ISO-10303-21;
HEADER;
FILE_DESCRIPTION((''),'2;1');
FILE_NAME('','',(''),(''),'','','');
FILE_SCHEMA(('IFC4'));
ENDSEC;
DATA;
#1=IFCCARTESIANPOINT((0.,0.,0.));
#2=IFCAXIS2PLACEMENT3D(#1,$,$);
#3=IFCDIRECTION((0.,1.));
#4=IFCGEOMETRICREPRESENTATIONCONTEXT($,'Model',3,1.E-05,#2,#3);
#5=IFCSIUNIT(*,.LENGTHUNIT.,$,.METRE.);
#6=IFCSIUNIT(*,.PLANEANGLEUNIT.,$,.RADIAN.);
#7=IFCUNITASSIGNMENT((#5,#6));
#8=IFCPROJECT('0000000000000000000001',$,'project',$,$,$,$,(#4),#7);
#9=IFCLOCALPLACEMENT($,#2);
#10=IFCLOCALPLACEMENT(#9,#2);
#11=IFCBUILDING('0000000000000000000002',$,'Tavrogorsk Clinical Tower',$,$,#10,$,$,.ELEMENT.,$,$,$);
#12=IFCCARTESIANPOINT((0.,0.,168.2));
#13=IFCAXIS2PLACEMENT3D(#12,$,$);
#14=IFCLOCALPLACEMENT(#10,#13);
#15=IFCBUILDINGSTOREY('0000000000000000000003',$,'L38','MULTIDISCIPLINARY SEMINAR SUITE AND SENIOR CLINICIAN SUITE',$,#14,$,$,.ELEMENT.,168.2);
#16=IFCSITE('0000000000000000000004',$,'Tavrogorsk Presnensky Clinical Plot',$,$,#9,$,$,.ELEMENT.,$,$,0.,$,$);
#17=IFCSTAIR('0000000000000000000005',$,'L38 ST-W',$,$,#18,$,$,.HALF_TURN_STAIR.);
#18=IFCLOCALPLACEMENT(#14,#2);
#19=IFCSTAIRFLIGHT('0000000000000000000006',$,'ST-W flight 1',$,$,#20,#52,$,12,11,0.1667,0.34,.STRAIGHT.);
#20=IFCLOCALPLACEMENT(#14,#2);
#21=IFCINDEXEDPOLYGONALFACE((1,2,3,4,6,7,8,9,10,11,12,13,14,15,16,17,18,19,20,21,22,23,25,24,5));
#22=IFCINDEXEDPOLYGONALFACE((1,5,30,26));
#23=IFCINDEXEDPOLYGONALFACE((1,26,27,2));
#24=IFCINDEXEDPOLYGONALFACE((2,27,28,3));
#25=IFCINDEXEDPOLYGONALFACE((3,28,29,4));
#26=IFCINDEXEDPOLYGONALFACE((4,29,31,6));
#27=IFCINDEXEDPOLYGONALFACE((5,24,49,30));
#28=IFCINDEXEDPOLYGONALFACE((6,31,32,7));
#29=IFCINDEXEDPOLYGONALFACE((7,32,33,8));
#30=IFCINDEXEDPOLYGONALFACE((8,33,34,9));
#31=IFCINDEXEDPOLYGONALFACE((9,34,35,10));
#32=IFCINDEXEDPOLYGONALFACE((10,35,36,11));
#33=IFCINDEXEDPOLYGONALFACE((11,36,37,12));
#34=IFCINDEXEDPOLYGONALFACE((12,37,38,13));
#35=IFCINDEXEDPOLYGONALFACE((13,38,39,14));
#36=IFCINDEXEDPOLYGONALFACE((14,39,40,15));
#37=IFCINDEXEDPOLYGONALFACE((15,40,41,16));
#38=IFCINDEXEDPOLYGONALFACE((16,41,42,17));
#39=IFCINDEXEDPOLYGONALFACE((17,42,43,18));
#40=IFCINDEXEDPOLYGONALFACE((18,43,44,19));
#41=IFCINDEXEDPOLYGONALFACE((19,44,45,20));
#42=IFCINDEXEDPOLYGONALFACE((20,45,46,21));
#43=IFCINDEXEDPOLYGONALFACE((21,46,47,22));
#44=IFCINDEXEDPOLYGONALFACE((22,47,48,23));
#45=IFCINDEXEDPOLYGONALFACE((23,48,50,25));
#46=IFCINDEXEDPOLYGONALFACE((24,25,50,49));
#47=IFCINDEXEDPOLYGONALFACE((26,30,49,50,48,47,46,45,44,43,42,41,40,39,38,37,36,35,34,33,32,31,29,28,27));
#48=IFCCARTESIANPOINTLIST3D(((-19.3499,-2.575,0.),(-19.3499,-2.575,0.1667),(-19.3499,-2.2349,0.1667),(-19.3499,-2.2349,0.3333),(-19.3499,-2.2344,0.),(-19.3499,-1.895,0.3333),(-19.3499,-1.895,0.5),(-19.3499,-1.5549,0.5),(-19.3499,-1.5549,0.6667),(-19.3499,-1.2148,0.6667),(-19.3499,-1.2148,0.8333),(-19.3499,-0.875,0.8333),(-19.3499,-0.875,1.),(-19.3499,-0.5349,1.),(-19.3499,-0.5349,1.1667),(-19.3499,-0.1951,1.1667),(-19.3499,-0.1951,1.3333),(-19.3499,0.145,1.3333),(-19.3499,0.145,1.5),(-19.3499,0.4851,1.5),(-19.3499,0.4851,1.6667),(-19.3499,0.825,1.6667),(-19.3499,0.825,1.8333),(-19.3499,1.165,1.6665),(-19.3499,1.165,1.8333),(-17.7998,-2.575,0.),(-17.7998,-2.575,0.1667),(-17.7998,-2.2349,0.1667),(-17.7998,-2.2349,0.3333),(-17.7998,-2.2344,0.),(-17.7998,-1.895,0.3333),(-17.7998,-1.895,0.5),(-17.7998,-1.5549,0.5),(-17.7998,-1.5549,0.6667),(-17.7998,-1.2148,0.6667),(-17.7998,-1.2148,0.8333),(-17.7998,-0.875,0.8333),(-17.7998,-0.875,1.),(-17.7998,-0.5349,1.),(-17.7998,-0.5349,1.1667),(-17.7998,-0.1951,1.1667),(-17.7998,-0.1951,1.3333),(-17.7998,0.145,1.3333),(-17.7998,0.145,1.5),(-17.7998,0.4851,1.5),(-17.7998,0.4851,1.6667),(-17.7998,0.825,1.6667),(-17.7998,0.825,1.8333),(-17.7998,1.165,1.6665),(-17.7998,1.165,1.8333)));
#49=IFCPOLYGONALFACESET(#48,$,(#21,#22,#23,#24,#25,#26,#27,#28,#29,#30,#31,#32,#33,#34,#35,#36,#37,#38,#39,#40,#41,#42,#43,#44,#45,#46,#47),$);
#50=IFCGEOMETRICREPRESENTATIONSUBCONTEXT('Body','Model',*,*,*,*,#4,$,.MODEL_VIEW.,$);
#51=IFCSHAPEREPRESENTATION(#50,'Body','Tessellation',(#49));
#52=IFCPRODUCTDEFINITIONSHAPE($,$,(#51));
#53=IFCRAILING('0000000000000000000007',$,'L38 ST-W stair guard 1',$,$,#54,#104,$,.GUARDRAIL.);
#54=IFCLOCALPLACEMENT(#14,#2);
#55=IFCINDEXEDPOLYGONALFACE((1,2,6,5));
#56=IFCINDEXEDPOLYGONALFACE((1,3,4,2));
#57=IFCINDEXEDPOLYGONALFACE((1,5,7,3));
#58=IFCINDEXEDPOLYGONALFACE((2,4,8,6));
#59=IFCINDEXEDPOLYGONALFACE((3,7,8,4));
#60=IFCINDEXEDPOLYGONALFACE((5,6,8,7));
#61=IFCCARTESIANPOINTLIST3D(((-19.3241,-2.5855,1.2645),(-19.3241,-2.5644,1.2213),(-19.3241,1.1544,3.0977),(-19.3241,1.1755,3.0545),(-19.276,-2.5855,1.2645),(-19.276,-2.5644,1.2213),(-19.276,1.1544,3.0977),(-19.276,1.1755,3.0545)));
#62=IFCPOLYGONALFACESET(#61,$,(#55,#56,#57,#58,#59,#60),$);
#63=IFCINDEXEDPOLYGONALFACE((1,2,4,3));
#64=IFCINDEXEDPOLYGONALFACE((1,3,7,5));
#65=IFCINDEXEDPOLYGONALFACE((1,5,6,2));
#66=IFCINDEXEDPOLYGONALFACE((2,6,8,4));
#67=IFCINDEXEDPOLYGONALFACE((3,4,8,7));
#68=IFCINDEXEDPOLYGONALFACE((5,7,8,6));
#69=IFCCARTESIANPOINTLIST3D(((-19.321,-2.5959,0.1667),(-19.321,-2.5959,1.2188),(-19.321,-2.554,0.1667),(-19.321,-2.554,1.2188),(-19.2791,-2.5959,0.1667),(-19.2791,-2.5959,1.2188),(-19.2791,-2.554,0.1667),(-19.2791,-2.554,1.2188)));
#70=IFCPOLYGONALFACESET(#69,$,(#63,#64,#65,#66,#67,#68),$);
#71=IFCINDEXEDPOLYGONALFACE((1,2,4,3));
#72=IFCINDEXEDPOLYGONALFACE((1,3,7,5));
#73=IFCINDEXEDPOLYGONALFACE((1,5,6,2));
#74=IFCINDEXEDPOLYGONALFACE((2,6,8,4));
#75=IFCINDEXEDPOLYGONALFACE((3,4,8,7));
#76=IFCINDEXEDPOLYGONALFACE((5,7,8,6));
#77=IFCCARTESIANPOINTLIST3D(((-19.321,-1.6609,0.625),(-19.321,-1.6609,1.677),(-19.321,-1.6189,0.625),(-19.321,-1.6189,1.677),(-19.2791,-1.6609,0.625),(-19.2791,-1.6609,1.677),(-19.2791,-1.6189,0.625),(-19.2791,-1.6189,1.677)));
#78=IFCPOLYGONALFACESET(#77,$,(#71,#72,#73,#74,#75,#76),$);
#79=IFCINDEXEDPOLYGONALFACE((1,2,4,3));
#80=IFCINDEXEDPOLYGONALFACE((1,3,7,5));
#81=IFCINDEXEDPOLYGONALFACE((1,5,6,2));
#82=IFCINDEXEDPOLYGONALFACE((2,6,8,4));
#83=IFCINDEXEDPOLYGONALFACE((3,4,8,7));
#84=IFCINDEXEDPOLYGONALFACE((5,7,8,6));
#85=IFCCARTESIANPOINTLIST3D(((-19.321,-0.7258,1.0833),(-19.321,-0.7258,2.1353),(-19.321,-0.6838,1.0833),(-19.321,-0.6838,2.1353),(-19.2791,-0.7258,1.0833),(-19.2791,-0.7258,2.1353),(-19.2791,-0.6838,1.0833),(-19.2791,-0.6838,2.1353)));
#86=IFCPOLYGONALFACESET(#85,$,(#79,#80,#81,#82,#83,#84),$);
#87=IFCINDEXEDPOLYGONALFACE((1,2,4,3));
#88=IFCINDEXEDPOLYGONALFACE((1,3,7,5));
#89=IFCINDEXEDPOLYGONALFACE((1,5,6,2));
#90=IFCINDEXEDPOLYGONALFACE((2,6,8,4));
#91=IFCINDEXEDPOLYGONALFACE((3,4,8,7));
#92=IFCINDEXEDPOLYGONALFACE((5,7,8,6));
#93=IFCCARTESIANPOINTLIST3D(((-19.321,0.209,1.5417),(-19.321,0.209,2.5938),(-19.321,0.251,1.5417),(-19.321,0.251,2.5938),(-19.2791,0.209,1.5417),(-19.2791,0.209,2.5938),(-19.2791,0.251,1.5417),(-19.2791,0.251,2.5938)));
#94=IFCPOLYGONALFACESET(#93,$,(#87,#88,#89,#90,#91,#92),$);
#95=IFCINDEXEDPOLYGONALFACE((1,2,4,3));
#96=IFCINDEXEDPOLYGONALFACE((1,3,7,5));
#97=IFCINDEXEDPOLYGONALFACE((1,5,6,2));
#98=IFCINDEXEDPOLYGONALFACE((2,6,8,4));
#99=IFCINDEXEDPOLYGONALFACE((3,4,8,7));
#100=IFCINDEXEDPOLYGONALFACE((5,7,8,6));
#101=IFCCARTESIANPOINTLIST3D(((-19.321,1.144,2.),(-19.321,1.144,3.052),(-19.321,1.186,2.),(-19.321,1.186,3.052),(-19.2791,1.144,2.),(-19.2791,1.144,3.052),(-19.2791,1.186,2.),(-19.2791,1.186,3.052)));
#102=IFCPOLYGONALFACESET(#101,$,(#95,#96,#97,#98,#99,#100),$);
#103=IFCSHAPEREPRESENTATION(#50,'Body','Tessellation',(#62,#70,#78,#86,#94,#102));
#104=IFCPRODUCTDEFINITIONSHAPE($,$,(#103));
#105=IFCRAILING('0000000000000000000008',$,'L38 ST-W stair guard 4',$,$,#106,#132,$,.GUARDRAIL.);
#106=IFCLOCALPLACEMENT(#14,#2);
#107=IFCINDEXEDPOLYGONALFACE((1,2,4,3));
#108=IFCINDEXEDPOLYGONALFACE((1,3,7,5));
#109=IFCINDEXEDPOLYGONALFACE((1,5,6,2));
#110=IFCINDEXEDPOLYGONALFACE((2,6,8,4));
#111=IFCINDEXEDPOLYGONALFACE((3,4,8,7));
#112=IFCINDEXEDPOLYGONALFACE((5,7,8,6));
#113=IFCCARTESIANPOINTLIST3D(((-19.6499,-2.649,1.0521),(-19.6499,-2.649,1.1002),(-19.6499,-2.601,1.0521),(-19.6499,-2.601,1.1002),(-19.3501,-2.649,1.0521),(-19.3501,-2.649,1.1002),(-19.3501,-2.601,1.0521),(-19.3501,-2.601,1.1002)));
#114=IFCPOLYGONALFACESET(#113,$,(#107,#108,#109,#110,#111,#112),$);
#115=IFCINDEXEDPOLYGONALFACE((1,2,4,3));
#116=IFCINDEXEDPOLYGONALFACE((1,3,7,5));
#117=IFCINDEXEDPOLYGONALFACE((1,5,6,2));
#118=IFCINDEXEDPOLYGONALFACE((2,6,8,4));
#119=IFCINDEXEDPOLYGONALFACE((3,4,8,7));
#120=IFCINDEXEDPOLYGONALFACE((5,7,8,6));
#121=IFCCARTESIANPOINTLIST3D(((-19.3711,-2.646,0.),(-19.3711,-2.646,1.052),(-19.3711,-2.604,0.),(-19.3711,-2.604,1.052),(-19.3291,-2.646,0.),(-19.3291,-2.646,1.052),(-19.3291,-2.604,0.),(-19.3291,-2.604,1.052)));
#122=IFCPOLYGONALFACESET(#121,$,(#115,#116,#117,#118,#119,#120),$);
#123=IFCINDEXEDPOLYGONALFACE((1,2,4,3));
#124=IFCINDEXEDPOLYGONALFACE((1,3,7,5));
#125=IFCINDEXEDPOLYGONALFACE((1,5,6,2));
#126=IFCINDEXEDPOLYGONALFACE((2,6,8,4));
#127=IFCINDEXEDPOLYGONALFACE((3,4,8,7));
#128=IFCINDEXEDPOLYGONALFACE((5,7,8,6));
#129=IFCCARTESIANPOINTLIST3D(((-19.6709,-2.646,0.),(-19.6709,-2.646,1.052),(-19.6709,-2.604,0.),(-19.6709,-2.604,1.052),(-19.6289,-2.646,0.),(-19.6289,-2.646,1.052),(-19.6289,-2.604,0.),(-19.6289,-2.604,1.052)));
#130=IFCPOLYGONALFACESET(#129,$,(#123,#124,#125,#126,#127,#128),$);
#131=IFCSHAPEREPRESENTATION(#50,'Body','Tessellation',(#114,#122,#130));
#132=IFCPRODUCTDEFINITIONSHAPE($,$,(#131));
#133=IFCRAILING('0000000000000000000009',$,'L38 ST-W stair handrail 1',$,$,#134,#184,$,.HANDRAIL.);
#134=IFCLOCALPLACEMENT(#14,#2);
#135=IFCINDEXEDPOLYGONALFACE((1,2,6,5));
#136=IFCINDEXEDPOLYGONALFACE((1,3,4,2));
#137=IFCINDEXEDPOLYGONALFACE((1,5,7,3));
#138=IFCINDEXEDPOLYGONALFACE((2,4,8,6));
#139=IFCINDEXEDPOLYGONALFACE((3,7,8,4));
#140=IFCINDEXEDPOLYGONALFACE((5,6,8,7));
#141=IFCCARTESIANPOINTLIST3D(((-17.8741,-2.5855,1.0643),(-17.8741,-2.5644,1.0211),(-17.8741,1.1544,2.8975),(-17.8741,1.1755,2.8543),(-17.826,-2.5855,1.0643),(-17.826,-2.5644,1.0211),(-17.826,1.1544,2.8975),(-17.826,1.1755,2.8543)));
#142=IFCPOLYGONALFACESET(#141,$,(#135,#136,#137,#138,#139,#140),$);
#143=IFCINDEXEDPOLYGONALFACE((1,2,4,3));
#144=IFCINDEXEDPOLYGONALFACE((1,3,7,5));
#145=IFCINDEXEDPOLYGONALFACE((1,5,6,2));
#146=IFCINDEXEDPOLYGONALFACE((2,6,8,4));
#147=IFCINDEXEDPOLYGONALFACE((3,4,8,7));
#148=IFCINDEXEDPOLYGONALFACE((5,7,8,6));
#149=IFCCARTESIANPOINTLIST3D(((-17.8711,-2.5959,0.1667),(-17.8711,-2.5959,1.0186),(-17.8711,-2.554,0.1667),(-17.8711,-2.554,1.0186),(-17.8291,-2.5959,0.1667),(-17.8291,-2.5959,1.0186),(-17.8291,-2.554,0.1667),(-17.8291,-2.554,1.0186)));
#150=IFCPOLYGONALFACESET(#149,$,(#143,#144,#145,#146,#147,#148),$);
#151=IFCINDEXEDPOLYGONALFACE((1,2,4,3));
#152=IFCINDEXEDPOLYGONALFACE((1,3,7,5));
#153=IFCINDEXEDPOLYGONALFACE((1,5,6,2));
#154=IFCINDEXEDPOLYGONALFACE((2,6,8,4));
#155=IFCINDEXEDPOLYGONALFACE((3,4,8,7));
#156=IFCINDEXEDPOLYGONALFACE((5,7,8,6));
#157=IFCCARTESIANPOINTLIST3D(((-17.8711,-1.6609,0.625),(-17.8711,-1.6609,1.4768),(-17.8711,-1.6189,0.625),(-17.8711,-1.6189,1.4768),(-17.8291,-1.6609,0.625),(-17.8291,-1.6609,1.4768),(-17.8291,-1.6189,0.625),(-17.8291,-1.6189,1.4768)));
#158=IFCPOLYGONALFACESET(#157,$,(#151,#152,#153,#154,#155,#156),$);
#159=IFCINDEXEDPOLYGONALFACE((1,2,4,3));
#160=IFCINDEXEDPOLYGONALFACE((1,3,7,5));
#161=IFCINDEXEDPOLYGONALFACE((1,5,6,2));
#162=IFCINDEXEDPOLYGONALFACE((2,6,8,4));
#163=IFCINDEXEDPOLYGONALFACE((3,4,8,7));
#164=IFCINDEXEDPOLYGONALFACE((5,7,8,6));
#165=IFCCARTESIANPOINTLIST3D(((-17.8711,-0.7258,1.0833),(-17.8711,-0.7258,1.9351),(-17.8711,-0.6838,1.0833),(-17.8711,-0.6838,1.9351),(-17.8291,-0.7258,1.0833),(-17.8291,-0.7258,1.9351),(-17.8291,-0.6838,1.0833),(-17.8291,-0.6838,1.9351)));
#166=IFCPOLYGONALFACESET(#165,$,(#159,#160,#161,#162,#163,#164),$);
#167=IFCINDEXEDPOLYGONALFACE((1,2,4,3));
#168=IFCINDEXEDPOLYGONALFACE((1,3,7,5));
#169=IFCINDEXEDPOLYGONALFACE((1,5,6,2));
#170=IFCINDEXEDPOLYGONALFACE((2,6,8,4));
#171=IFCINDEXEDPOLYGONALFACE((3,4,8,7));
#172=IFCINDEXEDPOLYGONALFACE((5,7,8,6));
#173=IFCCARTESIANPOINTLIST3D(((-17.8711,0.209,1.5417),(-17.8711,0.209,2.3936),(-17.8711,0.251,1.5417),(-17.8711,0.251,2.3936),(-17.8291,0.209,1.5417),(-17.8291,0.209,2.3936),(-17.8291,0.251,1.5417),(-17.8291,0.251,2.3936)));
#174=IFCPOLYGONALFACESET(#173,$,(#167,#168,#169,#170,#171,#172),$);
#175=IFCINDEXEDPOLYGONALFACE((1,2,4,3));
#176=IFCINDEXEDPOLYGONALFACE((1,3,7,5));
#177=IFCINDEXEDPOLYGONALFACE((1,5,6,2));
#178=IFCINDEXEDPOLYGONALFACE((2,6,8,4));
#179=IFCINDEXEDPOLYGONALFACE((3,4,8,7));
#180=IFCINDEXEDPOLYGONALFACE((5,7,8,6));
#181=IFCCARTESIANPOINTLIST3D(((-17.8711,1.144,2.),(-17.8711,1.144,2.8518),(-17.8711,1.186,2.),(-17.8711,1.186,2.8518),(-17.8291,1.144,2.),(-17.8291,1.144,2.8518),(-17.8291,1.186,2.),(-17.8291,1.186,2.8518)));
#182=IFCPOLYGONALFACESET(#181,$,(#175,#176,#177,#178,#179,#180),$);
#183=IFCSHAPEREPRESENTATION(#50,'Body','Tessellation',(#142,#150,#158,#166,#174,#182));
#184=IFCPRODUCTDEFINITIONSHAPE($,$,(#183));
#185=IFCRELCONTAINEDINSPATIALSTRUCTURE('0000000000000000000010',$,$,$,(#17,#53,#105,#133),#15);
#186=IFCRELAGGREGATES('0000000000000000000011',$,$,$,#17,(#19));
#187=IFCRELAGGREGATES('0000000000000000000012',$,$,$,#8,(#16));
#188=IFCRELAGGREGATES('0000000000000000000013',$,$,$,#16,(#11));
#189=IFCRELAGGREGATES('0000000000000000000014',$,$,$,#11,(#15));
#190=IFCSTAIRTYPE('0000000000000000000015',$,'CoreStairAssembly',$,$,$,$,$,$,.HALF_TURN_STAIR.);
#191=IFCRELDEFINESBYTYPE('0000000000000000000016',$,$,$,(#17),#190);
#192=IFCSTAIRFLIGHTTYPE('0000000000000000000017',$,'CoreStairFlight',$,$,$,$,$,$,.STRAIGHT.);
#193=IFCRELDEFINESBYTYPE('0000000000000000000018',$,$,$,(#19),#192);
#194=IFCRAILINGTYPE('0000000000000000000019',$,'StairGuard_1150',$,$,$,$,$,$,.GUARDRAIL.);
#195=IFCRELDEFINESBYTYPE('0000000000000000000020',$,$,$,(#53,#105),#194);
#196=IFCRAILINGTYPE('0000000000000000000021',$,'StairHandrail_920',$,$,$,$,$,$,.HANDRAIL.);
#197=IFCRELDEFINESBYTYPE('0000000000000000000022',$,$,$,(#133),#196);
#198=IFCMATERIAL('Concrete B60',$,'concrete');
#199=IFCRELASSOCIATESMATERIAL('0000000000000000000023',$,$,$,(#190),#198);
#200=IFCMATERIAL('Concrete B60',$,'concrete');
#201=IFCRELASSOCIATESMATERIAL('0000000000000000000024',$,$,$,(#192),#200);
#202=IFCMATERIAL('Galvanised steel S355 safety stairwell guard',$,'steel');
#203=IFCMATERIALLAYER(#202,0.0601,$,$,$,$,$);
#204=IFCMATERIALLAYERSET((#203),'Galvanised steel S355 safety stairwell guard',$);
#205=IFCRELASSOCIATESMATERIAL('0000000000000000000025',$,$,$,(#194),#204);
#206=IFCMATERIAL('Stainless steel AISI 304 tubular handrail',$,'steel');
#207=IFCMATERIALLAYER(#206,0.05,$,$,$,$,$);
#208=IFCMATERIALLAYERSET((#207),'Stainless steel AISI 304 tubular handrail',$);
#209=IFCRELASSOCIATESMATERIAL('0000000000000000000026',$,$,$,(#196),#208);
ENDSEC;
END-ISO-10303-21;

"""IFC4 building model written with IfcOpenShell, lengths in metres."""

from ifc_helpers import new_model, si_unit, direction, frame, origin, origin_2d, place, context, subcontext, project, spatial, polyline, rectangle, outline, extrude, material, layer, layer_set, type_object, element, aggregate, save


model = new_model("IFC4")

# Units and contexts
model_context = context("Model", 3, precision=1e-05, world=origin(), true_north=direction((0.0, 1.0)))
body_context = subcontext(model_context, "Body", "Model", "MODEL_VIEW")
ifc_project = project(units=[si_unit("LENGTHUNIT", "METRE"), si_unit("PLANEANGLEUNIT", "RADIAN")], contexts=[model_context])

# Site, building, storey
site_placement = place(None, origin())
site = spatial("IfcSite", under=ifc_project, at=site_placement, Name="Tavrogorsk Presnensky Clinical Plot", CompositionType="ELEMENT", RefElevation=0.0)
building_placement = place(site_placement, origin())
building = spatial("IfcBuilding", under=site, at=building_placement, Name="Tavrogorsk Clinical Tower", CompositionType="ELEMENT")
storey_placement = place(building_placement, frame((0.0, 0.0, 168.2)))
storey = spatial("IfcBuildingStorey", under=building, at=storey_placement, Name="L38", Description="MULTIDISCIPLINARY SEMINAR SUITE AND SENIOR CLINICIAN SUITE", CompositionType="ELEMENT", Elevation=168.2)

# Stair, stair flight
ifc_material_1 = material(Name="Concrete B60", Category="concrete")
stair_type = type_object("IfcStairType", Name="CoreStairAssembly", PredefinedType="HALF_TURN_STAIR", material=ifc_material_1)
stair_placement = place(storey_placement, origin())
stair = element("IfcStair", 1, at=stair_placement, inside=storey, type_object=stair_type, Name="L38 ST-W", PredefinedType="HALF_TURN_STAIR")
ifc_material_2 = material(Name="Concrete B60", Category="concrete")
stair_flight_type = type_object("IfcStairFlightType", Name="CoreStairFlight", PredefinedType="STRAIGHT", material=ifc_material_2)
stair_flight_placement = place(storey_placement, frame((-18.575, -2.575, 0.0), z_axis=(0.0, 0.0, 1.0), x_axis=(0.0, 1.0, 0.0)))
stair_flight = element("IfcStairFlight", 2, at=stair_flight_placement, type_object=stair_flight_type, Name="ST-W flight 1", NumberOfRisers=12, NumberOfTreads=11, PredefinedType="STRAIGHT", RiserHeight=0.1667, TreadLength=0.34, context=body_context, shape_type="SweptSolid", body=[
    extrude(outline(polyline([(0.0, 0.0), (0.0, 0.1667), (0.3401, 0.1667), (0.3401, 0.3333), (0.6799, 0.3333), (0.6799, 0.5), (1.02, 0.5), (1.02, 0.6667), (1.3601, 0.6667), (1.3601, 0.8333), (1.7, 0.8333), (1.7, 1.0), (2.04, 1.0), (2.04, 1.1667), (2.3799, 1.1667), (2.3799, 1.3333), (2.72, 1.3333), (2.72, 1.5), (3.0601, 1.5), (3.0601, 1.6667), (3.3999, 1.6667), (3.3999, 1.8333), (3.74, 1.8333), (3.74, 2.0), (3.74, 1.6665), (0.3406, 0.0), (0.0, 0.0)])), frame((0.0, 0.7749, 0.0), z_axis=(0.0, -1.0, 0.0), x_axis=(1.0, 0.0, 0.0)), (0.0, 0.0, 1.0), 1.55),
])
aggregate(stair, [stair_flight])

# Railings
ifc_material_3 = material(Name="Galvanised steel S355 safety stairwell guard", Category="steel")
ifc_layer_1 = layer(ifc_material_3, 0.0601)
ifc_layer_set_1 = layer_set([ifc_layer_1], Name="Galvanised steel S355 safety stairwell guard")
railing_type_1 = type_object("IfcRailingType", Name="StairGuard_1150", PredefinedType="GUARDRAIL", material=ifc_layer_set_1)
railing_1_placement = place(storey_placement, frame((-19.3, -2.575, 0.1667)))
element("IfcRailing", 3, at=railing_1_placement, inside=storey, type_object=railing_type_1, Name="L38 ST-W stair guard 1", PredefinedType="GUARDRAIL", context=body_context, shape_type="SweptSolid", body=[
    extrude(rectangle(XDim=0.0481, YDim=0.0481, at=origin_2d()), frame((0.0, 0.0, 1.0762), z_axis=(0.0, 0.897928, 0.440142), x_axis=(-1.0, 0.0, 0.0)), (0.0, 0.0, 1.0), 4.165),
    extrude(rectangle(XDim=0.042, YDim=0.042, at=origin_2d()), origin(), (0.0, 0.0, 1.0), 1.052),
    extrude(rectangle(XDim=0.042, YDim=0.042, at=origin_2d()), frame((0.0, 0.9351, 0.4583)), (0.0, 0.0, 1.0), 1.052),
    extrude(rectangle(XDim=0.042, YDim=0.042, at=origin_2d()), frame((0.0, 1.8701, 0.9165)), (0.0, 0.0, 1.0), 1.052),
    extrude(rectangle(XDim=0.042, YDim=0.042, at=origin_2d()), frame((0.0, 2.8049, 1.375)), (0.0, 0.0, 1.0), 1.052),
    extrude(rectangle(XDim=0.042, YDim=0.042, at=origin_2d()), frame((0.0, 3.74, 1.8333)), (0.0, 0.0, 1.0), 1.052),
])
railing_2_placement = place(storey_placement, frame((-19.3501, -2.625, 0.0)))
element("IfcRailing", 4, at=railing_2_placement, inside=storey, type_object=railing_type_1, Name="L38 ST-W stair guard 4", PredefinedType="GUARDRAIL", context=body_context, shape_type="SweptSolid", body=[
    extrude(rectangle(XDim=0.0481, YDim=0.0481, at=origin_2d()), frame((0.0, 0.0, 1.0762), z_axis=(-1.0, 0.0, 0.0), x_axis=(0.0, -1.0, 0.0)), (0.0, 0.0, 1.0), 0.2998),
    extrude(rectangle(XDim=0.042, YDim=0.042, at=origin_2d()), origin(), (0.0, 0.0, 1.0), 1.052),
    extrude(rectangle(XDim=0.042, YDim=0.042, at=origin_2d()), frame((-0.2998, 0.0, 0.0)), (0.0, 0.0, 1.0), 1.052),
])
ifc_material_4 = material(Name="Stainless steel AISI 304 tubular handrail", Category="steel")
ifc_layer_2 = layer(ifc_material_4, 0.05)
ifc_layer_set_2 = layer_set([ifc_layer_2], Name="Stainless steel AISI 304 tubular handrail")
railing_type_2 = type_object("IfcRailingType", Name="StairHandrail_920", PredefinedType="HANDRAIL", material=ifc_layer_set_2)
railing_3_placement = place(storey_placement, frame((-17.8501, -2.575, 0.1667)))
element("IfcRailing", 5, at=railing_3_placement, inside=storey, type_object=railing_type_2, Name="L38 ST-W stair handrail 1", PredefinedType="HANDRAIL", context=body_context, shape_type="SweptSolid", body=[
    extrude(rectangle(XDim=0.0481, YDim=0.0481, at=origin_2d()), frame((0.0, 0.0, 0.876), z_axis=(0.0, 0.897928, 0.440142), x_axis=(-1.0, 0.0, 0.0)), (0.0, 0.0, 1.0), 4.165),
    extrude(rectangle(XDim=0.042, YDim=0.042, at=origin_2d()), origin(), (0.0, 0.0, 1.0), 0.8518),
    extrude(rectangle(XDim=0.042, YDim=0.042, at=origin_2d()), frame((0.0, 0.9351, 0.4583)), (0.0, 0.0, 1.0), 0.8518),
    extrude(rectangle(XDim=0.042, YDim=0.042, at=origin_2d()), frame((0.0, 1.8701, 0.9165)), (0.0, 0.0, 1.0), 0.8518),
    extrude(rectangle(XDim=0.042, YDim=0.042, at=origin_2d()), frame((0.0, 2.8049, 1.375)), (0.0, 0.0, 1.0), 0.8518),
    extrude(rectangle(XDim=0.042, YDim=0.042, at=origin_2d()), frame((0.0, 3.74, 1.8333)), (0.0, 0.0, 1.0), 0.8518),
])

save(model, "model.ifc")
